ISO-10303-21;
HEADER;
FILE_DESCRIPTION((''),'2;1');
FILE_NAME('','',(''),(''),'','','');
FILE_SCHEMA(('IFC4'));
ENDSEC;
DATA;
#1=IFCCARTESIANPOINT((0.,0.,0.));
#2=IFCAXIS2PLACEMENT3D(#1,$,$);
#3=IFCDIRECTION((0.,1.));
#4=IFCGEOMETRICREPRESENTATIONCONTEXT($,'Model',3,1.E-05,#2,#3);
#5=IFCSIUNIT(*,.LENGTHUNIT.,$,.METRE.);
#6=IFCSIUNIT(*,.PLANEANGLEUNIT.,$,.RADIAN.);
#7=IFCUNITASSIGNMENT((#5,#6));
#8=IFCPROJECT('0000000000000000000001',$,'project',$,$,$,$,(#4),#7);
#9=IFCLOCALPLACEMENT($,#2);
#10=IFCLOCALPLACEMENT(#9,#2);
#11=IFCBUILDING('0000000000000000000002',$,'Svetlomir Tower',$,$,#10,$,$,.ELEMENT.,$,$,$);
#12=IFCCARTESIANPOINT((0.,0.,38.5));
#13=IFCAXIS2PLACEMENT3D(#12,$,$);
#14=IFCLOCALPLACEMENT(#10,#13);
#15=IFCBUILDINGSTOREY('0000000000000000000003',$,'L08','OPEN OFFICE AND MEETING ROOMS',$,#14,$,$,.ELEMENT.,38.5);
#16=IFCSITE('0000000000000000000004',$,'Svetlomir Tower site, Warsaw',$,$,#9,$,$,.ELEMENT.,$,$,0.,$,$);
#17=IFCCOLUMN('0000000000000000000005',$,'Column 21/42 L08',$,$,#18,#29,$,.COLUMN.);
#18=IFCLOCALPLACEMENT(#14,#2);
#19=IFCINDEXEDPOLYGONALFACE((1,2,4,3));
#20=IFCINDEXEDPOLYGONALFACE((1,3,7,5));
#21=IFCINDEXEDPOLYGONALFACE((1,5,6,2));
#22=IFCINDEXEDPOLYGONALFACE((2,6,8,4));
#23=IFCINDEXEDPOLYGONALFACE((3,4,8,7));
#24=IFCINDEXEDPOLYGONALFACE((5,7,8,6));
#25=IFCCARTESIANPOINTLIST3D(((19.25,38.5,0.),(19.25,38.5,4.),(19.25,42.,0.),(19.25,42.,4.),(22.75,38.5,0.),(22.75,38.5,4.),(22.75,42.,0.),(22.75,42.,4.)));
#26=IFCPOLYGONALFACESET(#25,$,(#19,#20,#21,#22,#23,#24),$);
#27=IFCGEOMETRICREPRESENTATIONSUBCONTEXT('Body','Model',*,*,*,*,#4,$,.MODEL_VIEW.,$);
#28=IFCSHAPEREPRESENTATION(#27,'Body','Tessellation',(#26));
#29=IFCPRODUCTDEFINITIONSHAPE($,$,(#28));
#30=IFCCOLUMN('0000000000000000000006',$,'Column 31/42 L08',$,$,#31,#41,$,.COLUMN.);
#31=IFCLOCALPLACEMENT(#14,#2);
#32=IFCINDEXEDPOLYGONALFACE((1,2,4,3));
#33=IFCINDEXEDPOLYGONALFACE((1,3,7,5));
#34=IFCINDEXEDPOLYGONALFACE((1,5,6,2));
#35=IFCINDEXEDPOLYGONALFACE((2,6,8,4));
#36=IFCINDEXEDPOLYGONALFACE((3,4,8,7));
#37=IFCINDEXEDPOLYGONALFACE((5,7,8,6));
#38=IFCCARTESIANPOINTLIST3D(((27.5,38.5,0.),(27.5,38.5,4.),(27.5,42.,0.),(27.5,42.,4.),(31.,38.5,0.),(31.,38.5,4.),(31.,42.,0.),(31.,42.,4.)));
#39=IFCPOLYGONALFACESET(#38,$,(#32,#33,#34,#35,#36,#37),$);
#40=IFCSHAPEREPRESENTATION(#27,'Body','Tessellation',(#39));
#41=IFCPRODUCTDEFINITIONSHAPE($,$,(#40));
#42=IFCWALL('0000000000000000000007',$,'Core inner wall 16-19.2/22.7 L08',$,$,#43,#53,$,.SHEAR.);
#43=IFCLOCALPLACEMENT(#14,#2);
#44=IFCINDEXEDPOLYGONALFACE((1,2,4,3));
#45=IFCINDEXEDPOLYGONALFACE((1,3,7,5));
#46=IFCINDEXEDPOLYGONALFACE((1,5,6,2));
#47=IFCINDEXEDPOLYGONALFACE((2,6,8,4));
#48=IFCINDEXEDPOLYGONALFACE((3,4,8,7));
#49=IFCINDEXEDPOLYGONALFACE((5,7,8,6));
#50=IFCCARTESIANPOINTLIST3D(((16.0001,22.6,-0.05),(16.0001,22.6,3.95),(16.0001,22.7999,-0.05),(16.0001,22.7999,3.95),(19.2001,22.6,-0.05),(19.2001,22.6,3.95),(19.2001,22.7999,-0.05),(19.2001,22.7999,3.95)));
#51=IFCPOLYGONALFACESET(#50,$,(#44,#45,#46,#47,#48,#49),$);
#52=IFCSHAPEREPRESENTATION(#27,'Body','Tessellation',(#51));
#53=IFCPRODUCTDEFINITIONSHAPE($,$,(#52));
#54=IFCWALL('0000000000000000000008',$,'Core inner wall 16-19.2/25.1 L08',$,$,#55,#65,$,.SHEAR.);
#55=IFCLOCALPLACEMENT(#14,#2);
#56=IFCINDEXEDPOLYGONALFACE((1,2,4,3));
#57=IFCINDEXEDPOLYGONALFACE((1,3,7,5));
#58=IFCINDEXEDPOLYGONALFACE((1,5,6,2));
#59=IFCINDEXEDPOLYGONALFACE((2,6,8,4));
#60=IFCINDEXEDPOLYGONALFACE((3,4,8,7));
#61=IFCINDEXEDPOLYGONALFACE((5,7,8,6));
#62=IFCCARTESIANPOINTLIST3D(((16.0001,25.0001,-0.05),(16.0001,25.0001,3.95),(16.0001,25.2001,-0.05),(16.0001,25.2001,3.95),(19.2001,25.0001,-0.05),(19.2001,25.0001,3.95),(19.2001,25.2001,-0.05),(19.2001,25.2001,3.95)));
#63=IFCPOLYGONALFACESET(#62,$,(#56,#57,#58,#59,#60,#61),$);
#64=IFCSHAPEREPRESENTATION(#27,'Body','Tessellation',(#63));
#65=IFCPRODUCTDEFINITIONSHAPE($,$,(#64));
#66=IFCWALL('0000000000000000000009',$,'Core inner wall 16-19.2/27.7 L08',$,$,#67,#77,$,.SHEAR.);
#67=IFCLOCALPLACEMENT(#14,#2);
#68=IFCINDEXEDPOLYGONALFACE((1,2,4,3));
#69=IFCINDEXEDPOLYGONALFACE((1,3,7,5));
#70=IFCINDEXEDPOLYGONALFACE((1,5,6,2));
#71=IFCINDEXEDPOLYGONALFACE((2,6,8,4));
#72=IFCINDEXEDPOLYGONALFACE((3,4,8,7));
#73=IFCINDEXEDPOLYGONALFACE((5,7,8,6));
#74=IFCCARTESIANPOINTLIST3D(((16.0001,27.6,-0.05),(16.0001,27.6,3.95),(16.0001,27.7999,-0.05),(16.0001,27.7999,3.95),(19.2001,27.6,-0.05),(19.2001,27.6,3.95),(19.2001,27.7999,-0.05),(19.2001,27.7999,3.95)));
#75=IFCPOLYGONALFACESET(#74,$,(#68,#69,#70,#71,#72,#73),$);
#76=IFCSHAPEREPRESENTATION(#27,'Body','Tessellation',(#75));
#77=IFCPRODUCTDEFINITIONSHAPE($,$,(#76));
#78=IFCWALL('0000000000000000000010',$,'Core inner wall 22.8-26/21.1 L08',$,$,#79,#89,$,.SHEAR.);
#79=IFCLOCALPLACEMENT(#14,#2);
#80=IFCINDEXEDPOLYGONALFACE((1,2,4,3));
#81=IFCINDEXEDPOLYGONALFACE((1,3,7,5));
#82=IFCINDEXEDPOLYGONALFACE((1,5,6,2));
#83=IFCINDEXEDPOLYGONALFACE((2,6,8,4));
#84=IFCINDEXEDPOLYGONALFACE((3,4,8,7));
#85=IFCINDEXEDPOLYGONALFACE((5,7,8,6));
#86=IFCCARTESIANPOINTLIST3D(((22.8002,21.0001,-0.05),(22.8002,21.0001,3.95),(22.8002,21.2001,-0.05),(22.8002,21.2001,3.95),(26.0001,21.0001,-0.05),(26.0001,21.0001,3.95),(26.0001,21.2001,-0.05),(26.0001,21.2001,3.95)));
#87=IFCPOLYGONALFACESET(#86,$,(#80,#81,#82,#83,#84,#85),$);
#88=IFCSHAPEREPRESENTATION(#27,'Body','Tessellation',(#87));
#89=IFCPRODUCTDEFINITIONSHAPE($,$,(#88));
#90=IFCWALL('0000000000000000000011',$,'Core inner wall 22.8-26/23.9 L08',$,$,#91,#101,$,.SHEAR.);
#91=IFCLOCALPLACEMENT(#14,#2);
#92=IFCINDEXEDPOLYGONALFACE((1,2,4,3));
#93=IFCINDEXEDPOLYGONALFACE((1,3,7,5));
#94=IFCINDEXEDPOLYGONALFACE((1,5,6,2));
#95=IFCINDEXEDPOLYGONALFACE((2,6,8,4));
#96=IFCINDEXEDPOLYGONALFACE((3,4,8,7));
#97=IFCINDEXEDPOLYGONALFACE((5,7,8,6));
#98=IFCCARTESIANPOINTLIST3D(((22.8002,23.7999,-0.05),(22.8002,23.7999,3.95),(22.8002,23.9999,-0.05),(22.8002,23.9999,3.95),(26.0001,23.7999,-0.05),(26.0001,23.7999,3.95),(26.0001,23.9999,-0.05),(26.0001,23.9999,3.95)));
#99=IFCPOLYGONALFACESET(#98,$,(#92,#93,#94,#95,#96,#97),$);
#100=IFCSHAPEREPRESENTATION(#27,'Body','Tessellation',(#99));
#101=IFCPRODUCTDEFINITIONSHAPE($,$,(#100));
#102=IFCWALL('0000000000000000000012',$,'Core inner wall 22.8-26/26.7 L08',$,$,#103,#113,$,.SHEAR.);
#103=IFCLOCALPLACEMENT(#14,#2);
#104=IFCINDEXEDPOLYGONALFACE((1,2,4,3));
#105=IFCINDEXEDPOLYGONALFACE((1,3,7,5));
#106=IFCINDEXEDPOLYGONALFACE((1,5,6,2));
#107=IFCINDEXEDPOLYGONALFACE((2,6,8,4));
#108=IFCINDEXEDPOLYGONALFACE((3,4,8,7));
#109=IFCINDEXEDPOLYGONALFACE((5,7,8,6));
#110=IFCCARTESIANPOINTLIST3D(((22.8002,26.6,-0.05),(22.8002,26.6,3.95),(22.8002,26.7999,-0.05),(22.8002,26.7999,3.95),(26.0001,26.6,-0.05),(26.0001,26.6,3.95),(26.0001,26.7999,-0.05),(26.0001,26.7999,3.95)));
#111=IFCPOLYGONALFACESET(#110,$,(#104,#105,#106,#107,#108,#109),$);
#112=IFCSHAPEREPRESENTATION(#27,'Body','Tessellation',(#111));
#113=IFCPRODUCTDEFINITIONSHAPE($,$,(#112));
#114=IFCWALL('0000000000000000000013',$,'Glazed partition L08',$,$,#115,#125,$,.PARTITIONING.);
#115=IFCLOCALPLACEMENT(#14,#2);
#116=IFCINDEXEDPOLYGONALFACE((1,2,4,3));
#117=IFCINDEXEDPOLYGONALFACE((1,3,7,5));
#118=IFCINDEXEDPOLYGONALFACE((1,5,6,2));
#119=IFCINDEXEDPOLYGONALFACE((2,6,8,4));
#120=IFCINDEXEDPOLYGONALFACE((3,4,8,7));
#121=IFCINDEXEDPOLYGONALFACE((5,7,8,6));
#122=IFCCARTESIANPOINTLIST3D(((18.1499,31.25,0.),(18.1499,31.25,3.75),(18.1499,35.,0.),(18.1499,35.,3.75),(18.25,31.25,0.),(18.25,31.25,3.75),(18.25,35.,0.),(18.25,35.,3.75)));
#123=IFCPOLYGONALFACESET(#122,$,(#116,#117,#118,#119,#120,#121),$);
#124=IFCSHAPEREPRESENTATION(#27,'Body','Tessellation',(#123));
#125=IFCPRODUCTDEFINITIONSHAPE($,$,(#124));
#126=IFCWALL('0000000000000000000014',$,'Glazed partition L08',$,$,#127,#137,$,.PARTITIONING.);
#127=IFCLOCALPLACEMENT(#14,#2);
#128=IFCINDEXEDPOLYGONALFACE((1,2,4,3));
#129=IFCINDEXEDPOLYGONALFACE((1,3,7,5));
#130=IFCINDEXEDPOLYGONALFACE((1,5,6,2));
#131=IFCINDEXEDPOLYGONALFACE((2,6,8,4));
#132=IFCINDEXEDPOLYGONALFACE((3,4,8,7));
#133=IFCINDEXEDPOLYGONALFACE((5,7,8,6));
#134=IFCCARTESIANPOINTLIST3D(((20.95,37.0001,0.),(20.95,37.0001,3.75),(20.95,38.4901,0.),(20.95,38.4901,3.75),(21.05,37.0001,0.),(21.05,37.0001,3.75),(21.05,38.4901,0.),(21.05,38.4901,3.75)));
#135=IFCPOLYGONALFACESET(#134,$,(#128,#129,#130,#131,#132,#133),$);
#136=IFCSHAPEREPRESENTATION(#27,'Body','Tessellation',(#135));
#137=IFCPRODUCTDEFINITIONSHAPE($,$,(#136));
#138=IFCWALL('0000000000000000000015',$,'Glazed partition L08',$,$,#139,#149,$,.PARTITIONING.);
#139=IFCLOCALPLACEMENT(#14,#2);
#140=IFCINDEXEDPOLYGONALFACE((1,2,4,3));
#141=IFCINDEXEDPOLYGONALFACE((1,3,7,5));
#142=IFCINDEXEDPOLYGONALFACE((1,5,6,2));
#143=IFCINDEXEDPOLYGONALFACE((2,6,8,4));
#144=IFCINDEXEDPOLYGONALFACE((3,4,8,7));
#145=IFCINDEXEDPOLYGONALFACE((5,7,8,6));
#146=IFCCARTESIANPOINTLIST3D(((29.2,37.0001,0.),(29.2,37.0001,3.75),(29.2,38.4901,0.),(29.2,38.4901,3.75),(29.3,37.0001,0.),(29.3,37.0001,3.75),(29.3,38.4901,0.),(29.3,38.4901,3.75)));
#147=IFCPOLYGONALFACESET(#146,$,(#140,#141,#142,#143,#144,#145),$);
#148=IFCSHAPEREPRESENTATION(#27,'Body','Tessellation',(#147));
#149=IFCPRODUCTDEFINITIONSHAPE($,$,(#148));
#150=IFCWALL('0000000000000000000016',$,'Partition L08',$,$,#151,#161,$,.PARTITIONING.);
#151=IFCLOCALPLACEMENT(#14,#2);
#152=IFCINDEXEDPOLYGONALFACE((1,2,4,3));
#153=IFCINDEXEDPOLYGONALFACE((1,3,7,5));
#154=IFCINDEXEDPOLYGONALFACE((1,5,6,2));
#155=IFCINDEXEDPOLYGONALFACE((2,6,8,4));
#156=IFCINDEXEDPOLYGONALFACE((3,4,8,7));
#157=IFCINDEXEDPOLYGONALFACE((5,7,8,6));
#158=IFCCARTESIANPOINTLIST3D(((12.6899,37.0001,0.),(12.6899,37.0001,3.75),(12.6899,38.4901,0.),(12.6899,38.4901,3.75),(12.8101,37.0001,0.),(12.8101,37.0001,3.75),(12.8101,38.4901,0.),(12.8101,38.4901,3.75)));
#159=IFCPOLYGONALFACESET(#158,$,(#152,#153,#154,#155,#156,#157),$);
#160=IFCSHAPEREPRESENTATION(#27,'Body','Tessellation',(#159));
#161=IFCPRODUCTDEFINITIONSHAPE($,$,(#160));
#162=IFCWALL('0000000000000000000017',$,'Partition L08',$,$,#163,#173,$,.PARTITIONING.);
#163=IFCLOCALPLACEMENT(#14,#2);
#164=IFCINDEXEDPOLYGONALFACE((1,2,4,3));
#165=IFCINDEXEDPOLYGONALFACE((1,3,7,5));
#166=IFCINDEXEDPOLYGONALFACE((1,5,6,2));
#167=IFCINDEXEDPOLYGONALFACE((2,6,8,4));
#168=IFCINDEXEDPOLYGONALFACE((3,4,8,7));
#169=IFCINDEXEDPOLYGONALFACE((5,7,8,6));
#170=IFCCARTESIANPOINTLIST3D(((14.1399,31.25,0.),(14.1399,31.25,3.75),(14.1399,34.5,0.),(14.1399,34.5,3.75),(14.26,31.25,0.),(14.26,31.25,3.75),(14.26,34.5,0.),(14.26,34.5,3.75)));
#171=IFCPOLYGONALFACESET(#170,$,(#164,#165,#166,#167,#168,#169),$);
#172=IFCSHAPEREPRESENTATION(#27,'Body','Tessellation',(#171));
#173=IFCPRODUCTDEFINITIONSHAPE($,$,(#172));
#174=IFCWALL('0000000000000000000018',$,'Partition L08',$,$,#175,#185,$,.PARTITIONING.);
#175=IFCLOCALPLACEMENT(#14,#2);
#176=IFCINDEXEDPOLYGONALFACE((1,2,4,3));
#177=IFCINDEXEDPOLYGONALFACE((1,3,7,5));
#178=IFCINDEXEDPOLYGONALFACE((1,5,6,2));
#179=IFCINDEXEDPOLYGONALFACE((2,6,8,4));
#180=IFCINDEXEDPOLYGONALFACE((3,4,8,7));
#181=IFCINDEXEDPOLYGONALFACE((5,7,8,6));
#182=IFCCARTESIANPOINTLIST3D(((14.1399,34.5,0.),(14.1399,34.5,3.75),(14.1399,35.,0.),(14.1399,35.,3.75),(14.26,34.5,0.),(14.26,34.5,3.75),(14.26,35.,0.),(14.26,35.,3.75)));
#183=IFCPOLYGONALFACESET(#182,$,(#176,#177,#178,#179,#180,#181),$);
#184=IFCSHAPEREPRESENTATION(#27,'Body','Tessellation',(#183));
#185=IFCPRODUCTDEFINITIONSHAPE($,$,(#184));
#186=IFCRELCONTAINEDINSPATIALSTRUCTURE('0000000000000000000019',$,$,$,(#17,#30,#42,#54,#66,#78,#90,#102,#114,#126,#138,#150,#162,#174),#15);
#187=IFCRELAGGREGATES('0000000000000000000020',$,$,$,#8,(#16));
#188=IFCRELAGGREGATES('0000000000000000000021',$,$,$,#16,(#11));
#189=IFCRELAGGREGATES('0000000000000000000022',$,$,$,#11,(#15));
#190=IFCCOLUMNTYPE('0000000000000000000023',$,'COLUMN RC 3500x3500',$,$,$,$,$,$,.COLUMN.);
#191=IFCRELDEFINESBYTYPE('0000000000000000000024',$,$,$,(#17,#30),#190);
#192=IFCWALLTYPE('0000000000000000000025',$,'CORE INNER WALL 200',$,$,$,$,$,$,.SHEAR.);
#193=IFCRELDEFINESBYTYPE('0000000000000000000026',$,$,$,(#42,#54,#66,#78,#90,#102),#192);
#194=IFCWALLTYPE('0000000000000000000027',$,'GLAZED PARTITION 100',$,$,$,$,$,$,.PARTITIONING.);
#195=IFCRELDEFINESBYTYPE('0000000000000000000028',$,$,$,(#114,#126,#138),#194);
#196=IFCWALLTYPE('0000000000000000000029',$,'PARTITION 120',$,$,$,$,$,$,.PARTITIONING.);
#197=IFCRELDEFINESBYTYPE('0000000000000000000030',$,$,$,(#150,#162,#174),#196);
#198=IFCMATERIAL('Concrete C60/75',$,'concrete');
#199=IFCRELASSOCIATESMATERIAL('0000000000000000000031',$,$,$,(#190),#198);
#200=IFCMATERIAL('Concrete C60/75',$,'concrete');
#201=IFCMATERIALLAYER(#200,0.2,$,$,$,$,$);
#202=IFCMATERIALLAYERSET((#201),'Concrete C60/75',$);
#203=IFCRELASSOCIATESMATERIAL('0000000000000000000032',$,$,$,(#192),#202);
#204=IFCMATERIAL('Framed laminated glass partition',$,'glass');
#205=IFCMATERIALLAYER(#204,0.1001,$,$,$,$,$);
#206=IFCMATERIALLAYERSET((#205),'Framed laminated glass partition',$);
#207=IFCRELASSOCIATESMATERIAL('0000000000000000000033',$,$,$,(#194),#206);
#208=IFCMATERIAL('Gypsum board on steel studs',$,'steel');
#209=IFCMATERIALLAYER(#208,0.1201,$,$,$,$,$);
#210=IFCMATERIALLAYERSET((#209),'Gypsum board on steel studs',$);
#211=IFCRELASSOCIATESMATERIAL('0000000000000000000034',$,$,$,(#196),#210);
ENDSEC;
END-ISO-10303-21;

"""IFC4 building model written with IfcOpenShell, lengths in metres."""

from ifc_helpers import new_model, si_unit, direction, frame, frame_2d, origin, origin_2d, place, context, subcontext, project, spatial, rectangle, extrude, material, layer, layer_set, material_profile, profile_set, type_object, element, save


model = new_model("IFC4")

# Units and contexts
model_context = context("Model", 3, precision=1e-05, world=origin(), true_north=direction((0.0, 1.0)))
body_context = subcontext(model_context, "Body", "Model", "MODEL_VIEW")
ifc_project = project(units=[si_unit("LENGTHUNIT", "METRE"), si_unit("PLANEANGLEUNIT", "RADIAN")], contexts=[model_context])

# Site, building, storey
site_placement = place(None, origin())
site = spatial("IfcSite", under=ifc_project, at=site_placement, Name="Svetlomir Tower site, Warsaw", CompositionType="ELEMENT", RefElevation=0.0)
building_placement = place(site_placement, origin())
building = spatial("IfcBuilding", under=site, at=building_placement, Name="Svetlomir Tower", CompositionType="ELEMENT")
storey_placement = place(building_placement, frame((0.0, 0.0, 38.5)))
storey = spatial("IfcBuildingStorey", under=building, at=storey_placement, Name="L08", Description="OPEN OFFICE AND MEETING ROOMS", CompositionType="ELEMENT", Elevation=38.5)

# Columns
ifc_material_1 = material(Name="Concrete C60/75", Category="concrete")
ifc_material_profile = material_profile(ifc_material_1, rectangle(XDim=3.5, YDim=3.5, at=origin_2d()), Name="RC 3500x3500")
ifc_profile_set = profile_set([ifc_material_profile], Name="Concrete C60/75")
column_type = type_object("IfcColumnType", Name="COLUMN RC 3500x3500", PredefinedType="COLUMN", material=ifc_profile_set)
for number, where, z_axis, x_axis, name in (
    (1, (21.0, 40.25, 0.0), (0.0, 0.0, 1.0), (1.0, 0.0, 0.0), "Column 21/42 L08"),
    (2, (29.25, 40.25, 0.0), (0.0, 0.0, 1.0), (1.0, 0.0, 0.0), "Column 31/42 L08"),
):
    element("IfcColumn", number, at=place(storey_placement, frame(where, z_axis=z_axis, x_axis=x_axis)), inside=storey, type_object=column_type, Name=name, PredefinedType="COLUMN", context=body_context, shape_type="SweptSolid", body=[
        extrude(rectangle(XDim=3.5, YDim=3.5, at=origin_2d()), origin(), (0.0, 0.0, 1.0), 4.0),
    ])

# Walls
ifc_material_2 = material(Name="Concrete C60/75", Category="concrete")
ifc_layer_1 = layer(ifc_material_2, 0.2)
ifc_layer_set_1 = layer_set([ifc_layer_1], Name="Concrete C60/75")
wall_type_1 = type_object("IfcWallType", Name="CORE INNER WALL 200", PredefinedType="SHEAR", material=ifc_layer_set_1)
for number, where, z_axis, x_axis, name in (
    (3, (16.0, 22.7, -0.05), (0.0, 0.0, 1.0), (1.0, 0.0, 0.0), "Core inner wall 16-19.2/22.7 L08"),
    (4, (16.0, 25.1001, -0.05), (0.0, 0.0, 1.0), (1.0, 0.0, 0.0), "Core inner wall 16-19.2/25.1 L08"),
    (5, (16.0, 27.7, -0.05), (0.0, 0.0, 1.0), (1.0, 0.0, 0.0), "Core inner wall 16-19.2/27.7 L08"),
    (6, (22.8, 21.1001, -0.05), (0.0, 0.0, 1.0), (1.0, 0.0, 0.0), "Core inner wall 22.8-26/21.1 L08"),
    (7, (22.8, 23.8999, -0.05), (0.0, 0.0, 1.0), (1.0, 0.0, 0.0), "Core inner wall 22.8-26/23.9 L08"),
    (8, (22.8, 26.7, -0.05), (0.0, 0.0, 1.0), (1.0, 0.0, 0.0), "Core inner wall 22.8-26/26.7 L08"),
):
    element("IfcWall", number, at=place(storey_placement, frame(where, z_axis=z_axis, x_axis=x_axis)), inside=storey, type_object=wall_type_1, Name=name, PredefinedType="SHEAR", context=body_context, shape_type="SweptSolid", body=[
        extrude(rectangle(XDim=3.2, YDim=0.2, at=frame_2d((1.6001, 0.0))), origin(), (0.0, 0.0, 1.0), 4.0),
    ])
ifc_material_3 = material(Name="Framed laminated glass partition", Category="glass")
ifc_layer_2 = layer(ifc_material_3, 0.1001)
ifc_layer_set_2 = layer_set([ifc_layer_2], Name="Framed laminated glass partition")
wall_type_2 = type_object("IfcWallType", Name="GLAZED PARTITION 100", PredefinedType="PARTITIONING", material=ifc_layer_set_2)
wall_1_placement = place(storey_placement, frame((18.2, 31.25, 0.0), z_axis=(0.0, 0.0, 1.0), x_axis=(0.0, 1.0, 0.0)))
element("IfcWall", 9, at=wall_1_placement, inside=storey, type_object=wall_type_2, Name="Glazed partition L08", PredefinedType="PARTITIONING", context=body_context, shape_type="SweptSolid", body=[
    extrude(rectangle(XDim=3.75, YDim=0.1001, at=frame_2d((1.875, 0.0))), origin(), (0.0, 0.0, 1.0), 3.75),
])
for number, where, z_axis, x_axis, name in (
    (10, (21.0, 37.0, 0.0), (0.0, 0.0, 1.0), (0.0, 1.0, 0.0), "Glazed partition L08"),
    (11, (29.25, 37.0, 0.0), (0.0, 0.0, 1.0), (0.0, 1.0, 0.0), "Glazed partition L08"),
):
    element("IfcWall", number, at=place(storey_placement, frame(where, z_axis=z_axis, x_axis=x_axis)), inside=storey, type_object=wall_type_2, Name=name, PredefinedType="PARTITIONING", context=body_context, shape_type="SweptSolid", body=[
        extrude(rectangle(XDim=1.49, YDim=0.1001, at=frame_2d((0.7451, 0.0))), origin(), (0.0, 0.0, 1.0), 3.75),
    ])
ifc_material_4 = material(Name="Gypsum board on steel studs", Category="steel")
ifc_layer_3 = layer(ifc_material_4, 0.1201)
ifc_layer_set_3 = layer_set([ifc_layer_3], Name="Gypsum board on steel studs")
wall_type_3 = type_object("IfcWallType", Name="PARTITION 120", PredefinedType="PARTITIONING", material=ifc_layer_set_3)
wall_2_placement = place(storey_placement, frame((12.75, 37.0, 0.0), z_axis=(0.0, 0.0, 1.0), x_axis=(0.0, 1.0, 0.0)))
element("IfcWall", 12, at=wall_2_placement, inside=storey, type_object=wall_type_3, Name="Partition L08", PredefinedType="PARTITIONING", context=body_context, shape_type="SweptSolid", body=[
    extrude(rectangle(XDim=1.49, YDim=0.1201, at=frame_2d((0.7451, 0.0))), origin(), (0.0, 0.0, 1.0), 3.75),
])
wall_3_placement = place(storey_placement, frame((14.2, 31.25, 0.0), z_axis=(0.0, 0.0, 1.0), x_axis=(0.0, 1.0, 0.0)))
element("IfcWall", 13, at=wall_3_placement, inside=storey, type_object=wall_type_3, Name="Partition L08", PredefinedType="PARTITIONING", context=body_context, shape_type="SweptSolid", body=[
    extrude(rectangle(XDim=3.25, YDim=0.1201, at=frame_2d((1.625, 0.0))), origin(), (0.0, 0.0, 1.0), 3.75),
])
wall_4_placement = place(storey_placement, frame((14.2, 34.5, 0.0), z_axis=(0.0, 0.0, 1.0), x_axis=(0.0, 1.0, 0.0)))
element("IfcWall", 14, at=wall_4_placement, inside=storey, type_object=wall_type_3, Name="Partition L08", PredefinedType="PARTITIONING", context=body_context, shape_type="SweptSolid", body=[
    extrude(rectangle(XDim=0.5, YDim=0.1201, at=frame_2d((0.25, 0.0))), origin(), (0.0, 0.0, 1.0), 3.75),
])

save(model, "model.ifc")
